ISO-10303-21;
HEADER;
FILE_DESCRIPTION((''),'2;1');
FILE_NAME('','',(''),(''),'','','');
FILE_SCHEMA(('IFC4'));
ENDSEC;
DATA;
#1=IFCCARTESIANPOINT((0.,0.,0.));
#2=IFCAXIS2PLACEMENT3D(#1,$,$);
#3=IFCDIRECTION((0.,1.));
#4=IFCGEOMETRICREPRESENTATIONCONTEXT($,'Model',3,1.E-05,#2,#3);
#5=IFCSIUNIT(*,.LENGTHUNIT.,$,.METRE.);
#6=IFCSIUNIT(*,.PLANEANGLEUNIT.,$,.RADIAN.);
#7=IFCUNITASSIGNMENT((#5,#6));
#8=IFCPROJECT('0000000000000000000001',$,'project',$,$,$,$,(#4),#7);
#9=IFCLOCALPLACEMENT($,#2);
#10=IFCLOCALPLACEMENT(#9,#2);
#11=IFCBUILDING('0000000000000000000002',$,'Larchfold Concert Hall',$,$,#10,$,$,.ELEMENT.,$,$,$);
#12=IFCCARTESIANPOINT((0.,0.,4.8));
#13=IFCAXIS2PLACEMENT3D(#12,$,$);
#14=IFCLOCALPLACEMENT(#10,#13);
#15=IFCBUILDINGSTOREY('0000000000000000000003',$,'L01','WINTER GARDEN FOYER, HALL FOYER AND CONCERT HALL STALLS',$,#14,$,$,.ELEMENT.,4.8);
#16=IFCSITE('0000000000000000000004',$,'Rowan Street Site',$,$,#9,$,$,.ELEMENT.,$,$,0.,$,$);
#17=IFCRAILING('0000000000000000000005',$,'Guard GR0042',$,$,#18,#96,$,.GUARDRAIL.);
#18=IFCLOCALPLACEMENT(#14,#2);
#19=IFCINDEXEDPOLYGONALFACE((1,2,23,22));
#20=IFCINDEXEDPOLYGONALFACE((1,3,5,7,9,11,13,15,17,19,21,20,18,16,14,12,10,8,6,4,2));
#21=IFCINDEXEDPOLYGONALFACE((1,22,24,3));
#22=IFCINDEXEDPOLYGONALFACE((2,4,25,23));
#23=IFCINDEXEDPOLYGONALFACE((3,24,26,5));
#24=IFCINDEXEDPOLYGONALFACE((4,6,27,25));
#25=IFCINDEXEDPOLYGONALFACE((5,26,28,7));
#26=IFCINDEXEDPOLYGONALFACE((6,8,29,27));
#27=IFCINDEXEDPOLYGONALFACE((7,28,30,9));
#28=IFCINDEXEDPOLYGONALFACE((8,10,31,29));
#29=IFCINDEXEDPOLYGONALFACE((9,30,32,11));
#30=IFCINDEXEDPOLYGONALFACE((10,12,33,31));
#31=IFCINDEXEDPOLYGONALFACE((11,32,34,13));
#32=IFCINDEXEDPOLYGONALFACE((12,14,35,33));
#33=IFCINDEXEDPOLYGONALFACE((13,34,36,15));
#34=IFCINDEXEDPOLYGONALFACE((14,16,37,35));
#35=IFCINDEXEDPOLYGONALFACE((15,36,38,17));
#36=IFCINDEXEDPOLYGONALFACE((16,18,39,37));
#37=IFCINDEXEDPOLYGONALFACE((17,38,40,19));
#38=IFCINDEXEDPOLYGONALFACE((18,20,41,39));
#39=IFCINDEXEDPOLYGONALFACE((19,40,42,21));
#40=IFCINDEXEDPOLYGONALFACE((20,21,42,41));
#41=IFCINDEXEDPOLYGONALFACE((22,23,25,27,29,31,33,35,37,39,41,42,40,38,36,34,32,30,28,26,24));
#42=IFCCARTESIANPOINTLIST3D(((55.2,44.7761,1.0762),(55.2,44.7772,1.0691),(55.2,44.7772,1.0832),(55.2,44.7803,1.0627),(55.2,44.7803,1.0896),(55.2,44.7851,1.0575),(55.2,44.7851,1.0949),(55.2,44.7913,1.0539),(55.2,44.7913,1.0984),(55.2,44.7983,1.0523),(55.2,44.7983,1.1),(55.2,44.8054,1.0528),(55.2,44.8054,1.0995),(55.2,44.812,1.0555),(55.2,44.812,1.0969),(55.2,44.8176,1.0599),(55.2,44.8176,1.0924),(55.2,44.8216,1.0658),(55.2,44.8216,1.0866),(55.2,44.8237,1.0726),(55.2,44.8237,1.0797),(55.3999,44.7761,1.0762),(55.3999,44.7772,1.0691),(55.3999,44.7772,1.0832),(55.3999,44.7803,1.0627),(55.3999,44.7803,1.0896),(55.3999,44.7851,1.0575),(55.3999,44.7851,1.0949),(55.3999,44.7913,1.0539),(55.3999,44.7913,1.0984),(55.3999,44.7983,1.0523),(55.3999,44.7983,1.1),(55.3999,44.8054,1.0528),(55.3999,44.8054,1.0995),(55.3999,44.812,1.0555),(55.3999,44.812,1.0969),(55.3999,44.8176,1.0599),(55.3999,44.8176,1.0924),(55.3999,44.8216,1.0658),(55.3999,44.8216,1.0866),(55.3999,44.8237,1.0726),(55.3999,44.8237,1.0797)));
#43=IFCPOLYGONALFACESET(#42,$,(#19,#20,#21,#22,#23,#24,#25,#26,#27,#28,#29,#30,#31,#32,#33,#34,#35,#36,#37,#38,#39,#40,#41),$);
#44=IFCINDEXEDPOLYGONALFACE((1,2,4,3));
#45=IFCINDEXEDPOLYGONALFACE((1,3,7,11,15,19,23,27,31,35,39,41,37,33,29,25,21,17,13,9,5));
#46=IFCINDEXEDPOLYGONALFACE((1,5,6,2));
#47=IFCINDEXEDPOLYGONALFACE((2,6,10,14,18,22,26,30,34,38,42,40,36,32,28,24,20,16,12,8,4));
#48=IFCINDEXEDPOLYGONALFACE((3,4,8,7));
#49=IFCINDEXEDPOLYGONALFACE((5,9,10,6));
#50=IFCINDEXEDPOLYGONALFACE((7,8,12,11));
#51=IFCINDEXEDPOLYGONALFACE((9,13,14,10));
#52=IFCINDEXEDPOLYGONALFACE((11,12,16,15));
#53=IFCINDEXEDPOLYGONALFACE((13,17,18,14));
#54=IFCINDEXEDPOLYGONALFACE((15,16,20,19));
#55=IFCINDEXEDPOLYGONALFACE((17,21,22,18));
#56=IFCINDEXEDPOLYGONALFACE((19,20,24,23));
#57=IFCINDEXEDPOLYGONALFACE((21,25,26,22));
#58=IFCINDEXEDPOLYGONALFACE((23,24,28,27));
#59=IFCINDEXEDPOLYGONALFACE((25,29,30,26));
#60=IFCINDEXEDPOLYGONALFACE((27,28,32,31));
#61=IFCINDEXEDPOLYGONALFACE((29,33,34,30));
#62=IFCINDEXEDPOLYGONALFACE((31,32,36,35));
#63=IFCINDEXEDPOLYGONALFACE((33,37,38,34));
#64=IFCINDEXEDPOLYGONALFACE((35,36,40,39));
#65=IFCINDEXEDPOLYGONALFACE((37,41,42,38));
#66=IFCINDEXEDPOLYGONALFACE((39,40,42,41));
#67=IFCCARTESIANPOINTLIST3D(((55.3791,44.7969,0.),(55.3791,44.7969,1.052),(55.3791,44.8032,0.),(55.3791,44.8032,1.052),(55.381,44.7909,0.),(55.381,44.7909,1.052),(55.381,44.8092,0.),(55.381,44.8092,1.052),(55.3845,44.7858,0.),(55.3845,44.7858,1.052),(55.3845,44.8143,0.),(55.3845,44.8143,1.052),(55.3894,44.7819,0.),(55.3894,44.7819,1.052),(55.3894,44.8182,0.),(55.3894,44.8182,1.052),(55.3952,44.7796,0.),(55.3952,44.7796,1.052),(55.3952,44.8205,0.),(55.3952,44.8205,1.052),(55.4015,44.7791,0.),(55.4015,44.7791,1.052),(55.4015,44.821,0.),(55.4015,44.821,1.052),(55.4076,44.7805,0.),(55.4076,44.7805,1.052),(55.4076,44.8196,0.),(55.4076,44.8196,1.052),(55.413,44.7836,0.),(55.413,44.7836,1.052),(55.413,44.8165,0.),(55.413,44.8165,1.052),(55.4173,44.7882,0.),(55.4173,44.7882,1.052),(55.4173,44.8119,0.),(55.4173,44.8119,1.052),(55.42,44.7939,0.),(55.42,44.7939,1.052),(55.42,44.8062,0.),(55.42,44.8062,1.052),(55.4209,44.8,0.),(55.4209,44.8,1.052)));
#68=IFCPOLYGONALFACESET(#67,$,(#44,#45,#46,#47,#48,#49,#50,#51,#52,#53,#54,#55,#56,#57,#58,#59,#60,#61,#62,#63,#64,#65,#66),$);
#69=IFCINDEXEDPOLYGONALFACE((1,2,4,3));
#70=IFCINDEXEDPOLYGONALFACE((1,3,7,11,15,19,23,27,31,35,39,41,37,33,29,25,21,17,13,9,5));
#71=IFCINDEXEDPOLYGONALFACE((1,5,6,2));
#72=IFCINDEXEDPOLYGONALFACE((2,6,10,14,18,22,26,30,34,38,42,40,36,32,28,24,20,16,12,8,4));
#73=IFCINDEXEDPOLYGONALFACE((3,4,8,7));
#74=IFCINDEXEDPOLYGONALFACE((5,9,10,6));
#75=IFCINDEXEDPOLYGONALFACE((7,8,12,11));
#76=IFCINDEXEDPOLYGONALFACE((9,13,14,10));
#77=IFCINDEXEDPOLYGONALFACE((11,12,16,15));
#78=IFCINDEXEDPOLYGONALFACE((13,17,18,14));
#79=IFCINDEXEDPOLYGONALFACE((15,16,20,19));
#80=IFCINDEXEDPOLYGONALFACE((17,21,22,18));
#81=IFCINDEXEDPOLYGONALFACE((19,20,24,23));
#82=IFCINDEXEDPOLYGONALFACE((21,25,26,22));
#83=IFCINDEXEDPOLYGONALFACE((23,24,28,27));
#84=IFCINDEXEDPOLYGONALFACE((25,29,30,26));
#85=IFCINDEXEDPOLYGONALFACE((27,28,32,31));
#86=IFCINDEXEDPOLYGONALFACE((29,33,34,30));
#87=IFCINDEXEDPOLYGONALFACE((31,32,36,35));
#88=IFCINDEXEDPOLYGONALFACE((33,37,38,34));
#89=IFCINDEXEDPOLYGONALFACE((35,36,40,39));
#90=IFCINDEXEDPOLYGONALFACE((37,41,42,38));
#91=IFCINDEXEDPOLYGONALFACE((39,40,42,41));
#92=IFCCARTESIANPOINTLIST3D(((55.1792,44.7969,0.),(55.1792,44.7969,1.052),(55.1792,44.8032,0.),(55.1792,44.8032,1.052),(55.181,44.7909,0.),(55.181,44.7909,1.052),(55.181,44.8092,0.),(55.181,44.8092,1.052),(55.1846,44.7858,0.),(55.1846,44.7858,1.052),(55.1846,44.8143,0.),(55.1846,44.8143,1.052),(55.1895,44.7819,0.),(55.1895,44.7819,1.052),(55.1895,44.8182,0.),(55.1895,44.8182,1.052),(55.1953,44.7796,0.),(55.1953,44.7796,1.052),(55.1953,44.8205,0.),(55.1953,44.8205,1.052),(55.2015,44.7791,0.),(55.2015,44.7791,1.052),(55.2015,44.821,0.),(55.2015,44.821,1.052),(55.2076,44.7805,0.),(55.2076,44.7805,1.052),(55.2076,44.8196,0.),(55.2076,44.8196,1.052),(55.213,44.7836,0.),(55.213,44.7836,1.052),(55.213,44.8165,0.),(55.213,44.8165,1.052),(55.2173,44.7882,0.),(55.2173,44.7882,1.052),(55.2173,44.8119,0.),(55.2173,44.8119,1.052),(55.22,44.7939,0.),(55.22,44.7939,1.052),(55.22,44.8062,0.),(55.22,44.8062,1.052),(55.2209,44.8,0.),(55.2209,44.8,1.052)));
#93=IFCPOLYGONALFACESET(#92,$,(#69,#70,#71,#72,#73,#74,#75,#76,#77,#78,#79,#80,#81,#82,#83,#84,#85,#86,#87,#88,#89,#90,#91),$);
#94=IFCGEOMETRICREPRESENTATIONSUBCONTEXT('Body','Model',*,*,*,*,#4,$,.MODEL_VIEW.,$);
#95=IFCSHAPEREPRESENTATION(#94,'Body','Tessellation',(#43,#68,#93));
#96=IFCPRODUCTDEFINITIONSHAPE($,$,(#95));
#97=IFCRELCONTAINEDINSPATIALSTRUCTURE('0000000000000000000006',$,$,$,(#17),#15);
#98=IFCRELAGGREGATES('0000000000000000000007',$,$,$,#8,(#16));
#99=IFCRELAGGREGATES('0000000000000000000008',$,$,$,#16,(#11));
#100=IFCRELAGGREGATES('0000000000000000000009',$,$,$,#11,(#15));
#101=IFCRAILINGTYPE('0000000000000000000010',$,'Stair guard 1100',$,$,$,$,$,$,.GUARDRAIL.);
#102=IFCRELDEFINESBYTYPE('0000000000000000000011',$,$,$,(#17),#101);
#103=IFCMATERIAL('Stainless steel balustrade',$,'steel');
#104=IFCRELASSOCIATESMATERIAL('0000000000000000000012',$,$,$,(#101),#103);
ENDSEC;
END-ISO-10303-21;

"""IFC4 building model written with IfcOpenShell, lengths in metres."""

from ifc_helpers import new_model, si_unit, direction, frame, origin, origin_2d, place, context, subcontext, project, spatial, circle, extrude, material, type_object, element, save


model = new_model("IFC4")

# Units and contexts
model_context = context("Model", 3, precision=1e-05, world=origin(), true_north=direction((0.0, 1.0)))
body_context = subcontext(model_context, "Body", "Model", "MODEL_VIEW")
ifc_project = project(units=[si_unit("LENGTHUNIT", "METRE"), si_unit("PLANEANGLEUNIT", "RADIAN")], contexts=[model_context])

# Site, building, storey
site_placement = place(None, origin())
site = spatial("IfcSite", under=ifc_project, at=site_placement, Name="Rowan Street Site", CompositionType="ELEMENT", RefElevation=0.0)
building_placement = place(site_placement, origin())
building = spatial("IfcBuilding", under=site, at=building_placement, Name="Larchfold Concert Hall", CompositionType="ELEMENT")
storey_placement = place(building_placement, frame((0.0, 0.0, 4.8)))
storey = spatial("IfcBuildingStorey", under=building, at=storey_placement, Name="L01", Description="WINTER GARDEN FOYER, HALL FOYER AND CONCERT HALL STALLS", CompositionType="ELEMENT", Elevation=4.8)

# Railing
ifc_material_1 = material(Name="Stainless steel balustrade", Category="steel")
railing_type_1 = type_object("IfcRailingType", Name="Stair guard 1100", PredefinedType="GUARDRAIL", material=ifc_material_1)
railing_1_placement = place(storey_placement, frame((55.3999, 44.8, 0.0)))
element("IfcRailing", 1, at=railing_1_placement, inside=storey, type_object=railing_type_1, Name="Guard GR0042", PredefinedType="GUARDRAIL", context=body_context, shape_type="SweptSolid", body=[
    extrude(circle(Radius=0.0239, at=origin_2d()), frame((0.0, 0.0, 1.0762), z_axis=(-1.0, 0.0, 0.0), x_axis=(0.0, -1.0, 0.0)), (0.0, 0.0, 1.0), 0.2),
    extrude(circle(Radius=0.021, at=origin_2d()), origin(), (0.0, 0.0, 1.0), 1.052),
    extrude(circle(Radius=0.021, at=origin_2d()), frame((-0.2, 0.0, 0.0)), (0.0, 0.0, 1.0), 1.052),
])

save(model, "model.ifc")
